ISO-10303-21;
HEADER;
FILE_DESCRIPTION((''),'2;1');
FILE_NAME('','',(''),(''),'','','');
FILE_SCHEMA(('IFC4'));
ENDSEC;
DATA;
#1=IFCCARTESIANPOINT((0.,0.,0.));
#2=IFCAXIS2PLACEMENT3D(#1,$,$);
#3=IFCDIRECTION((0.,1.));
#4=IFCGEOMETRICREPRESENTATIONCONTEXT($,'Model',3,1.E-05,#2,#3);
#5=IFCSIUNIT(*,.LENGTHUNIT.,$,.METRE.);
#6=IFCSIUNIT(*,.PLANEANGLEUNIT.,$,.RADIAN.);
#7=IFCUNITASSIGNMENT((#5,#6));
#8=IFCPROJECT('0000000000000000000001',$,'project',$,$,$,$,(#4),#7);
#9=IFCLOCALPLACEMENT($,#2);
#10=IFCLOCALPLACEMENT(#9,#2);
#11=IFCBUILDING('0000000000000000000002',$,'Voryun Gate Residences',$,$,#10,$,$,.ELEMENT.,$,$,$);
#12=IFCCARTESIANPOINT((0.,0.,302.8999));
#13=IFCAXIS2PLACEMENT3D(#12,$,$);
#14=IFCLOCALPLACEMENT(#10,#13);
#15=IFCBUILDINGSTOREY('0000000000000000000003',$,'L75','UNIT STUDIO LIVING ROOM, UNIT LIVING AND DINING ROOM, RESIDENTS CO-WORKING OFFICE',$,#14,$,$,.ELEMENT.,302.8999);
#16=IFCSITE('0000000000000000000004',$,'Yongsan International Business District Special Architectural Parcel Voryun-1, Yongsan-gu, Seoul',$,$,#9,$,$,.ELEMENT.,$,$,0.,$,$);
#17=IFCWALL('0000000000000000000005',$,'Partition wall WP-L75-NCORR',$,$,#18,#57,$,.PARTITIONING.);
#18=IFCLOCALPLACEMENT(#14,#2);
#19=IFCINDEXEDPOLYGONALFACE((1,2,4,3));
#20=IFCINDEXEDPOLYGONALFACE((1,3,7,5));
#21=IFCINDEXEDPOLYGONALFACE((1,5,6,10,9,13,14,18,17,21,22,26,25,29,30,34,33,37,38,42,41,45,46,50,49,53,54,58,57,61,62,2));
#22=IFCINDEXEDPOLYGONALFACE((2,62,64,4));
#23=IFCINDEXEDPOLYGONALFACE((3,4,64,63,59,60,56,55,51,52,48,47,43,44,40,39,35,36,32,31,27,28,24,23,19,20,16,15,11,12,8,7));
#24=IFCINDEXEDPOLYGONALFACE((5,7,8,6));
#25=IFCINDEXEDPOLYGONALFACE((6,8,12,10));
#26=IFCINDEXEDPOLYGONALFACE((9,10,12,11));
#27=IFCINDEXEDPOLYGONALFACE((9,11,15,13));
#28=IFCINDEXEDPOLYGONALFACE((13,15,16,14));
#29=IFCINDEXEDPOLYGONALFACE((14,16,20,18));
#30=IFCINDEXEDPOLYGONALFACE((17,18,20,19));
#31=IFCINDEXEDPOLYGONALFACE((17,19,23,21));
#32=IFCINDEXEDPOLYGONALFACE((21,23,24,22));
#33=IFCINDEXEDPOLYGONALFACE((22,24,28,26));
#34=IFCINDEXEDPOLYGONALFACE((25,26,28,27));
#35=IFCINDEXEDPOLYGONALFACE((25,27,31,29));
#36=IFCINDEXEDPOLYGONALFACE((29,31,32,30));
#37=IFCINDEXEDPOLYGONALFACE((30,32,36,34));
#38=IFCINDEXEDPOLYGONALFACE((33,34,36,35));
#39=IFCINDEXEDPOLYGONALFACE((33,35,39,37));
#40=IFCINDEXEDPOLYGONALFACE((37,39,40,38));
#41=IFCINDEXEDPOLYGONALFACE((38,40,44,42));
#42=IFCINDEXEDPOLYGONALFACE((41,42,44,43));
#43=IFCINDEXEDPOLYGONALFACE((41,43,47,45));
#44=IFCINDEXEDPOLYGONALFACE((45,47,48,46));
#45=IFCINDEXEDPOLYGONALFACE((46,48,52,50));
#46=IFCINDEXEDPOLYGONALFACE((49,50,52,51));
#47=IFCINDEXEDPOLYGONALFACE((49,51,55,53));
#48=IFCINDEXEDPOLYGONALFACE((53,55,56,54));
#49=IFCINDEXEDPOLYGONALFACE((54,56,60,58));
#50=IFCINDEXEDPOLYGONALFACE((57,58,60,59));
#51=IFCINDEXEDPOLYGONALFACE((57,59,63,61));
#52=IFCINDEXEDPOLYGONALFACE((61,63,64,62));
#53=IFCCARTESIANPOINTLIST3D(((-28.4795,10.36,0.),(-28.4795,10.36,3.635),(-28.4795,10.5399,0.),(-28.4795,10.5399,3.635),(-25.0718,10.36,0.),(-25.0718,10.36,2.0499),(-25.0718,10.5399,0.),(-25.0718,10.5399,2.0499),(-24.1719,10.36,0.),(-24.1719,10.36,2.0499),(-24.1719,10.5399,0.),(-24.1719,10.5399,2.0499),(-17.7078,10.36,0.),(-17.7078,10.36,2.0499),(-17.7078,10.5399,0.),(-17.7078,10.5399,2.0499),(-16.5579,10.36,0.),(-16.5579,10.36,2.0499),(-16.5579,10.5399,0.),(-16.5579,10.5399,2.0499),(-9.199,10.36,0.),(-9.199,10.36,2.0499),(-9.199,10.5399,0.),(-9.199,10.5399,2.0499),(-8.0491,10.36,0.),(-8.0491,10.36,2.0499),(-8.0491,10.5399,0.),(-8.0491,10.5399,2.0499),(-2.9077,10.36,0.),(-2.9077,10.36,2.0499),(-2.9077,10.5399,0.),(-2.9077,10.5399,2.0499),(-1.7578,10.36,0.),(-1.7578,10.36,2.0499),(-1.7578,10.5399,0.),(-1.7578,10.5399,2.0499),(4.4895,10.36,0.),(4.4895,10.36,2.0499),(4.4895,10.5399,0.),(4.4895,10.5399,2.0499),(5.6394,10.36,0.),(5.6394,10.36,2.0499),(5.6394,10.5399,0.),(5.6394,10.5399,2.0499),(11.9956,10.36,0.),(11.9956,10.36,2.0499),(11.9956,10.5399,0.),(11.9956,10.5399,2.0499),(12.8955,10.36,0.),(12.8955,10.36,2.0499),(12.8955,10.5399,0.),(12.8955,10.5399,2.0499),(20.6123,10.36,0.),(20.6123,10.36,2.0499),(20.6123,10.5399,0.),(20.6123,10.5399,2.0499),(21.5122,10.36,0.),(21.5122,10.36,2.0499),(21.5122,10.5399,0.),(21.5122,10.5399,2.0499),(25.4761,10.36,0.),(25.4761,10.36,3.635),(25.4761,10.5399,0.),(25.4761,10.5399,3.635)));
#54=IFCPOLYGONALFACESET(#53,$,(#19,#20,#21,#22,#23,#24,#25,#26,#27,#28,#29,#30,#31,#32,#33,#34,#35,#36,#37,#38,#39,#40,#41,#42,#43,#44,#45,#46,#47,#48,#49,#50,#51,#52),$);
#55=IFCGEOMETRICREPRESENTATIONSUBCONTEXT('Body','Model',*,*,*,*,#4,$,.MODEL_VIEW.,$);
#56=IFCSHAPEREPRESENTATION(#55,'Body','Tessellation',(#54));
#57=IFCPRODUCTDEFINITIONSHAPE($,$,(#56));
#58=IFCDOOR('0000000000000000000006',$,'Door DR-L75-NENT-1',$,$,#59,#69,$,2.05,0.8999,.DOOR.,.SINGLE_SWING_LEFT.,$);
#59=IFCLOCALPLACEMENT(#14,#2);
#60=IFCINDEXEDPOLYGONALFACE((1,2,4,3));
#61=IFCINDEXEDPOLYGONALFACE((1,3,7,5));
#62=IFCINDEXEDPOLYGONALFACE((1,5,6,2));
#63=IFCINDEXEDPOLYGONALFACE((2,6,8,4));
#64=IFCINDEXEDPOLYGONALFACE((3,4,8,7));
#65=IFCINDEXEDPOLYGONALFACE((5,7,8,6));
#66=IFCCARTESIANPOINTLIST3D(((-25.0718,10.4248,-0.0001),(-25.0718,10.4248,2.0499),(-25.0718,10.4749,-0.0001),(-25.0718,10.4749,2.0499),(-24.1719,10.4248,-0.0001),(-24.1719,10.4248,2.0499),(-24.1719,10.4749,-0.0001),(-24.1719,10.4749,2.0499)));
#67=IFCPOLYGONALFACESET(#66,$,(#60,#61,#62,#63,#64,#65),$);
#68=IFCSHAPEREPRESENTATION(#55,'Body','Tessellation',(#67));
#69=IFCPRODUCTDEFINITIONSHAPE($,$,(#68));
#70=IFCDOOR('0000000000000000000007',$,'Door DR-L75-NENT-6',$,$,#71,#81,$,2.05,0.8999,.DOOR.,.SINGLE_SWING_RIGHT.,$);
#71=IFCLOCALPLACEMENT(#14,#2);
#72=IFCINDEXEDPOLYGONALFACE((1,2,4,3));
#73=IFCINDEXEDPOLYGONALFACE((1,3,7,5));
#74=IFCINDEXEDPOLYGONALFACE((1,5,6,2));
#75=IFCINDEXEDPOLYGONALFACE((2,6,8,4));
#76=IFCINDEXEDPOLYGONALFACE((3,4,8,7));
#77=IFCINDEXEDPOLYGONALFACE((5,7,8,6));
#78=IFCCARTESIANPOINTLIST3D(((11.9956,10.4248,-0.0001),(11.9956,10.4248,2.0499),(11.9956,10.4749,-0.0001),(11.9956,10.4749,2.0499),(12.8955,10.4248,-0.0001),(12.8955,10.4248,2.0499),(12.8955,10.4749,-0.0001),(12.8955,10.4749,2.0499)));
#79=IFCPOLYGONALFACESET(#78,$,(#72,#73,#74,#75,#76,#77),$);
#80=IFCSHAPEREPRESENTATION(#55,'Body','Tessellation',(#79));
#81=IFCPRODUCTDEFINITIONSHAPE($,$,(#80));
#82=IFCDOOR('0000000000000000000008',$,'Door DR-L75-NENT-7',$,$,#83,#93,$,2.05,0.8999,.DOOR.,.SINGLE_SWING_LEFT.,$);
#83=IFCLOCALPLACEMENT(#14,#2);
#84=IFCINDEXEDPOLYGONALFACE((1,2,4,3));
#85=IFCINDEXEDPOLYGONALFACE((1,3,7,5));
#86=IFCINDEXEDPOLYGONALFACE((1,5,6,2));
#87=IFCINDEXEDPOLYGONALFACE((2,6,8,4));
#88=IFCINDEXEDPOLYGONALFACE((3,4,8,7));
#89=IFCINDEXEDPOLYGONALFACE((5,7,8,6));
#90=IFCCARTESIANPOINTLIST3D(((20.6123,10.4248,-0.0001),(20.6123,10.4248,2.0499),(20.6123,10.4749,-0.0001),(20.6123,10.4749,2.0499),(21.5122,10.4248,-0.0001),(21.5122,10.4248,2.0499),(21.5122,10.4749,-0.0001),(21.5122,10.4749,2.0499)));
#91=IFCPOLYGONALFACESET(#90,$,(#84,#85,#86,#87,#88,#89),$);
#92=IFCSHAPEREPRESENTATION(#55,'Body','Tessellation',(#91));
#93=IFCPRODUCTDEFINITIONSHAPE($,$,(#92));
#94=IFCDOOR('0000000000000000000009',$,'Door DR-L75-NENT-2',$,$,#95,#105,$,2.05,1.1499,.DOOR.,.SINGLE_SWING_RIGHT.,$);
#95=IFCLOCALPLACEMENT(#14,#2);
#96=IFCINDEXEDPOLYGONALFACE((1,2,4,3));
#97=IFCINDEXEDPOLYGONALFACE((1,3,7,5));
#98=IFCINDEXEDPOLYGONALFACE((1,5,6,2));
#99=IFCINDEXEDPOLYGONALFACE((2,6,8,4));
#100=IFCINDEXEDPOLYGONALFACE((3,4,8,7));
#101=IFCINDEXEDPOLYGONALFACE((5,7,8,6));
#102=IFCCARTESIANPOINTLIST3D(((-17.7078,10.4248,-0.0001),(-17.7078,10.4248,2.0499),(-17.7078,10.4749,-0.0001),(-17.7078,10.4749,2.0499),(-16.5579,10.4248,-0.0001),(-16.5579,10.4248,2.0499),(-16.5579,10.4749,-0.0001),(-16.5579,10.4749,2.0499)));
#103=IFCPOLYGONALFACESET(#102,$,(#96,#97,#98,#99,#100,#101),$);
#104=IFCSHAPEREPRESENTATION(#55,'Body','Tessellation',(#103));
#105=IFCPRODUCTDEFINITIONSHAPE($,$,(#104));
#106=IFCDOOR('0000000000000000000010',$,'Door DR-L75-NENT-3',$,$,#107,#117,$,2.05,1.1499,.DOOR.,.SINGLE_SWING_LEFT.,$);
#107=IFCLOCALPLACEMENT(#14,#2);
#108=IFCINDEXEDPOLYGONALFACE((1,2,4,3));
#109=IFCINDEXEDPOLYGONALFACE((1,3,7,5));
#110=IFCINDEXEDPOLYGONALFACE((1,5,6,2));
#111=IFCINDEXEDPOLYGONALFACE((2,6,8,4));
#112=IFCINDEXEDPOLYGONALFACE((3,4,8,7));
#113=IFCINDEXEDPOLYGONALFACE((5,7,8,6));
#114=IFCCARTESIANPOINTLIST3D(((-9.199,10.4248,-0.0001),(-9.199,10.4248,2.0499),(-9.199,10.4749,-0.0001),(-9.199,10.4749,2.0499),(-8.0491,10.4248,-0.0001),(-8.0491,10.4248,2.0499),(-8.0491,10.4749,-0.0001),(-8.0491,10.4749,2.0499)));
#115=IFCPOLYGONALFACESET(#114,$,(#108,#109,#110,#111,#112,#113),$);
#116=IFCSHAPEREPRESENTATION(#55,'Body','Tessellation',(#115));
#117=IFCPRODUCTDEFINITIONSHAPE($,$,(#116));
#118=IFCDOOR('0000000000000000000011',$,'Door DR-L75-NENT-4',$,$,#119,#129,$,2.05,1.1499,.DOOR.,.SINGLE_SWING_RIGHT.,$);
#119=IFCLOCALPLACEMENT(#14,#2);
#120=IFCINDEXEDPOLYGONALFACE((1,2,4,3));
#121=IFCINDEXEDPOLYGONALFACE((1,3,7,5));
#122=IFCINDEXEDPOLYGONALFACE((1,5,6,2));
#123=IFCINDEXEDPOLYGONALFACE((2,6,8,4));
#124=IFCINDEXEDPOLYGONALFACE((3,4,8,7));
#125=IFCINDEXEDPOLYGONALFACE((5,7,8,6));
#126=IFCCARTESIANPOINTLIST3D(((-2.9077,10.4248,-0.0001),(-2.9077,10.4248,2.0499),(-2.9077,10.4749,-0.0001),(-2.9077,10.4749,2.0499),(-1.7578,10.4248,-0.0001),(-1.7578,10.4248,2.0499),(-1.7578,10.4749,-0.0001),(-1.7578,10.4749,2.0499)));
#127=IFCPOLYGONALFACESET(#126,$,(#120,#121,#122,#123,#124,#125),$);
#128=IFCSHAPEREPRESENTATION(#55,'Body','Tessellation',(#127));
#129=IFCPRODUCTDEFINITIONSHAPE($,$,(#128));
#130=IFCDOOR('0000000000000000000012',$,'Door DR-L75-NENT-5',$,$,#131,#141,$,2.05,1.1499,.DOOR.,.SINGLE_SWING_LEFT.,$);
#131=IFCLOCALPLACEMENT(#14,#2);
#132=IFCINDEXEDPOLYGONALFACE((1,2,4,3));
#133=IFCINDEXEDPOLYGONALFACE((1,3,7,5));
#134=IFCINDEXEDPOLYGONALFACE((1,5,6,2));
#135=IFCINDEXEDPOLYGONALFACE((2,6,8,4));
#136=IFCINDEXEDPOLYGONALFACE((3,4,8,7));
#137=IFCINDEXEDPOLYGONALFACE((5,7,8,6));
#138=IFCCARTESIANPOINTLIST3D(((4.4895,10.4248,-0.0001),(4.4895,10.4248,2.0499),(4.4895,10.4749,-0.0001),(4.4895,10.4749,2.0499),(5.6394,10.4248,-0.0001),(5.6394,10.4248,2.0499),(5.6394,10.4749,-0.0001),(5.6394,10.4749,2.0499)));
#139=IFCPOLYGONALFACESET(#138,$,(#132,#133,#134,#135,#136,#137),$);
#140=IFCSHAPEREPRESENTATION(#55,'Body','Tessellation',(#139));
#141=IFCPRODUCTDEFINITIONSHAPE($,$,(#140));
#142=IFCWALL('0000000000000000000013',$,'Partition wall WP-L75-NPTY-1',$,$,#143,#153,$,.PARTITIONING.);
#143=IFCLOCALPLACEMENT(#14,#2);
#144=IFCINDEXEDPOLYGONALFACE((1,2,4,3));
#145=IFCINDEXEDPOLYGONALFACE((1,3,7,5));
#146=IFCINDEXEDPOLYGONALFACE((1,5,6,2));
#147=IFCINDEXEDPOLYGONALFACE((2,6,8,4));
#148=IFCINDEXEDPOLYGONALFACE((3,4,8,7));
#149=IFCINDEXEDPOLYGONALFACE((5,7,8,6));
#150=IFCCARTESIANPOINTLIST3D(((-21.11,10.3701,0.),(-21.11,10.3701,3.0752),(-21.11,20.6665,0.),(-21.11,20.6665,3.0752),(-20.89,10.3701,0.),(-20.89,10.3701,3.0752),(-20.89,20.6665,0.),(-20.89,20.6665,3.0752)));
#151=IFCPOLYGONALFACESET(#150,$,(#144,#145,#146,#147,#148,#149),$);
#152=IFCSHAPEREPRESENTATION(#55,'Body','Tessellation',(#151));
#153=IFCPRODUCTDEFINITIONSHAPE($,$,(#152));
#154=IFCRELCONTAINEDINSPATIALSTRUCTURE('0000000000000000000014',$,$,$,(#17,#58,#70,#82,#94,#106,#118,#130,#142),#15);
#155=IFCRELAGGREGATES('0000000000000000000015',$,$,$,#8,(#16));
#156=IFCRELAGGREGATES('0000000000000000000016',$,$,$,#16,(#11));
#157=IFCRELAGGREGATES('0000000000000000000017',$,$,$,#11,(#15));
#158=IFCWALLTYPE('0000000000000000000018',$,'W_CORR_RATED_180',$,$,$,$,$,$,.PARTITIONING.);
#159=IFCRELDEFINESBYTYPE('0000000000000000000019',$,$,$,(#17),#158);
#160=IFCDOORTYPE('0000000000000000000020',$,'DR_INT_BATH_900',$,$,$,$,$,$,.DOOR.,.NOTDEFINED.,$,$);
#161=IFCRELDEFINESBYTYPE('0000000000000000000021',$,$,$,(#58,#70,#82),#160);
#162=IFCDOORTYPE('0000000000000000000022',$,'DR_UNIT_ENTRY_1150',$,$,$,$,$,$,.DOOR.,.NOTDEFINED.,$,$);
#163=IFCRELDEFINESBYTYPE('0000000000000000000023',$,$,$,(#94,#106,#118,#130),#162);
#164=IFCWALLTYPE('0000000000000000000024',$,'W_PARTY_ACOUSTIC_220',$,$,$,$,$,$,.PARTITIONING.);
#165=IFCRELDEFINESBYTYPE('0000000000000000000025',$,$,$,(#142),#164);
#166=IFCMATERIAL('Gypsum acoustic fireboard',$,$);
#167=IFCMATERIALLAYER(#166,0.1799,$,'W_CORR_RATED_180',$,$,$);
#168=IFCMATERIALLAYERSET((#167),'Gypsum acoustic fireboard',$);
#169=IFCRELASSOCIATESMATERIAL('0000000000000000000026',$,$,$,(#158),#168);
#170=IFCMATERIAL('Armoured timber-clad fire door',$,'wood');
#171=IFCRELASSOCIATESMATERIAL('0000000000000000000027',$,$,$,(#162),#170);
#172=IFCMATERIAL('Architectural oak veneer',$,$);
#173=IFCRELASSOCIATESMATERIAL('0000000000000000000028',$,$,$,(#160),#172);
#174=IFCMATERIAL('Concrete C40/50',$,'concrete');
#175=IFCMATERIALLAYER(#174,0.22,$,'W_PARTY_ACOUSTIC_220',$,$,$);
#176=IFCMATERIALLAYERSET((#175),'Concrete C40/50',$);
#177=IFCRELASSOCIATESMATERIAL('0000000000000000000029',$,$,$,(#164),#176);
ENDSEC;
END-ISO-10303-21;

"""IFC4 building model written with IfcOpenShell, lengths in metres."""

from ifc_helpers import new_model, si_unit, direction, frame, frame_2d, origin, place, context, subcontext, project, spatial, rectangle, extrude, material, layer, layer_set, type_object, element, fill, save


model = new_model("IFC4")

# Units and contexts
model_context = context("Model", 3, precision=1e-05, world=origin(), true_north=direction((0.0, 1.0)))
body_context = subcontext(model_context, "Body", "Model", "MODEL_VIEW")
ifc_project = project(units=[si_unit("LENGTHUNIT", "METRE"), si_unit("PLANEANGLEUNIT", "RADIAN")], contexts=[model_context])

# Site, building, storey
site_placement = place(None, origin())
site = spatial("IfcSite", under=ifc_project, at=site_placement, Name="Yongsan International Business District Special Architectural Parcel Voryun-1, Yongsan-gu, Seoul", CompositionType="ELEMENT", RefElevation=0.0)
building_placement = place(site_placement, origin())
building = spatial("IfcBuilding", under=site, at=building_placement, Name="Voryun Gate Residences", CompositionType="ELEMENT")
storey_placement = place(building_placement, frame((0.0, 0.0, 302.8999)))
storey = spatial("IfcBuildingStorey", under=building, at=storey_placement, Name="L75", Description="UNIT STUDIO LIVING ROOM, UNIT LIVING AND DINING ROOM, RESIDENTS CO-WORKING OFFICE", CompositionType="ELEMENT", Elevation=302.8999)

# Shared definitions
ifc_material_1 = material(Name="Gypsum acoustic fireboard")
ifc_layer_1 = layer(ifc_material_1, 0.1799, Name="W_CORR_RATED_180")
ifc_layer_set_1 = layer_set([ifc_layer_1], Name="Gypsum acoustic fireboard")
wall_type_1 = type_object("IfcWallType", Name="W_CORR_RATED_180", PredefinedType="PARTITIONING", material=ifc_layer_set_1)
ifc_material_2 = material(Name="Armoured timber-clad fire door", Category="wood")
door_type_1 = type_object("IfcDoorType", Name="DR_UNIT_ENTRY_1150", OperationType="NOTDEFINED", PredefinedType="DOOR", material=ifc_material_2)

# Wall, openings, doors
wall_1_placement = place(storey_placement, frame((-28.4795, 10.45, 0.0), z_axis=(0.0, 0.0, 1.0), x_axis=(1.0, 0.0, 0.0)))
wall_1 = element("IfcWall", 1, at=wall_1_placement, inside=storey, type_object=wall_type_1, Name="Partition wall WP-L75-NCORR", PredefinedType="PARTITIONING", context=body_context, shape_type="SweptSolid", body=[
    extrude(rectangle(XDim=53.9556, YDim=0.1799, at=frame_2d((26.9778, 0.0))), origin(), (0.0, 0.0, 1.0), 3.635),
])
opening_1_placement = place(wall_1_placement, frame((3.4077, 0.0, 0.0)))
opening_1 = element("IfcOpeningElement", 2, at=opening_1_placement, cuts=wall_1, PredefinedType="OPENING", context=body_context, shape_type="SweptSolid", body=[
    extrude(rectangle(XDim=0.8999, YDim=2.05, at=frame_2d((0.45, 1.0249))), frame((0.0, 0.0999, 0.0), z_axis=(0.0, -1.0, 0.0), x_axis=(1.0, 0.0, 0.0)), (0.0, 0.0, 1.0), 0.2),
])
opening_2_placement = place(wall_1_placement, frame((10.7717, 0.0, 0.0)))
opening_2 = element("IfcOpeningElement", 3, at=opening_2_placement, cuts=wall_1, PredefinedType="OPENING", context=body_context, shape_type="SweptSolid", body=[
    extrude(rectangle(XDim=1.1499, YDim=2.05, at=frame_2d((0.575, 1.0249))), frame((0.0, 0.0999, 0.0), z_axis=(0.0, -1.0, 0.0), x_axis=(1.0, 0.0, 0.0)), (0.0, 0.0, 1.0), 0.2),
])
opening_3_placement = place(wall_1_placement, frame((19.2805, 0.0, 0.0)))
opening_3 = element("IfcOpeningElement", 4, at=opening_3_placement, cuts=wall_1, PredefinedType="OPENING", context=body_context, shape_type="SweptSolid", body=[
    extrude(rectangle(XDim=1.1499, YDim=2.05, at=frame_2d((0.575, 1.0249))), frame((0.0, 0.0999, 0.0), z_axis=(0.0, -1.0, 0.0), x_axis=(1.0, 0.0, 0.0)), (0.0, 0.0, 1.0), 0.2),
])
opening_4_placement = place(wall_1_placement, frame((25.5718, 0.0, 0.0)))
opening_4 = element("IfcOpeningElement", 5, at=opening_4_placement, cuts=wall_1, PredefinedType="OPENING", context=body_context, shape_type="SweptSolid", body=[
    extrude(rectangle(XDim=1.1499, YDim=2.05, at=frame_2d((0.575, 1.0249))), frame((0.0, 0.0999, 0.0), z_axis=(0.0, -1.0, 0.0), x_axis=(1.0, 0.0, 0.0)), (0.0, 0.0, 1.0), 0.2),
])
opening_5_placement = place(wall_1_placement, frame((32.969, 0.0, 0.0)))
opening_5 = element("IfcOpeningElement", 6, at=opening_5_placement, cuts=wall_1, PredefinedType="OPENING", context=body_context, shape_type="SweptSolid", body=[
    extrude(rectangle(XDim=1.1499, YDim=2.05, at=frame_2d((0.575, 1.0249))), frame((0.0, 0.0999, 0.0), z_axis=(0.0, -1.0, 0.0), x_axis=(1.0, 0.0, 0.0)), (0.0, 0.0, 1.0), 0.2),
])
opening_6_placement = place(wall_1_placement, frame((40.4751, 0.0, 0.0)))
opening_6 = element("IfcOpeningElement", 7, at=opening_6_placement, cuts=wall_1, PredefinedType="OPENING", context=body_context, shape_type="SweptSolid", body=[
    extrude(rectangle(XDim=0.8999, YDim=2.05, at=frame_2d((0.45, 1.0249))), frame((0.0, 0.0999, 0.0), z_axis=(0.0, -1.0, 0.0), x_axis=(1.0, 0.0, 0.0)), (0.0, 0.0, 1.0), 0.2),
])
opening_7_placement = place(wall_1_placement, frame((49.0918, 0.0, 0.0)))
opening_7 = element("IfcOpeningElement", 8, at=opening_7_placement, cuts=wall_1, PredefinedType="OPENING", context=body_context, shape_type="SweptSolid", body=[
    extrude(rectangle(XDim=0.8999, YDim=2.05, at=frame_2d((0.45, 1.0249))), frame((0.0, 0.0999, 0.0), z_axis=(0.0, -1.0, 0.0), x_axis=(1.0, 0.0, 0.0)), (0.0, 0.0, 1.0), 0.2),
])
ifc_material_3 = material(Name="Architectural oak veneer")
door_type_2 = type_object("IfcDoorType", Name="DR_INT_BATH_900", OperationType="NOTDEFINED", PredefinedType="DOOR", material=ifc_material_3)
door_1_placement = place(opening_1_placement, origin())
door_1 = element("IfcDoor", 9, at=door_1_placement, inside=storey, type_object=door_type_2, Name="Door DR-L75-NENT-1", OperationType="SINGLE_SWING_LEFT", OverallHeight=2.05, OverallWidth=0.8999, PredefinedType="DOOR", context=body_context, shape_type="SweptSolid", body=[
    extrude(rectangle(XDim=0.8999, YDim=2.05, at=frame_2d((0.45, 1.0249))), frame((0.0, 0.0249, 0.0), z_axis=(0.0, -1.0, 0.0), x_axis=(1.0, 0.0, 0.0)), (0.0, 0.0, 1.0), 0.05),
])
fill(opening_1, door_1)
door_2_placement = place(opening_6_placement, origin())
door_2 = element("IfcDoor", 10, at=door_2_placement, inside=storey, type_object=door_type_2, Name="Door DR-L75-NENT-6", OperationType="SINGLE_SWING_RIGHT", OverallHeight=2.05, OverallWidth=0.8999, PredefinedType="DOOR", context=body_context, shape_type="SweptSolid", body=[
    extrude(rectangle(XDim=0.8999, YDim=2.05, at=frame_2d((0.45, 1.0249))), frame((0.0, 0.0249, 0.0), z_axis=(0.0, -1.0, 0.0), x_axis=(1.0, 0.0, 0.0)), (0.0, 0.0, 1.0), 0.05),
])
fill(opening_6, door_2)
door_3_placement = place(opening_7_placement, origin())
door_3 = element("IfcDoor", 11, at=door_3_placement, inside=storey, type_object=door_type_2, Name="Door DR-L75-NENT-7", OperationType="SINGLE_SWING_LEFT", OverallHeight=2.05, OverallWidth=0.8999, PredefinedType="DOOR", context=body_context, shape_type="SweptSolid", body=[
    extrude(rectangle(XDim=0.8999, YDim=2.05, at=frame_2d((0.45, 1.0249))), frame((0.0, 0.0249, 0.0), z_axis=(0.0, -1.0, 0.0), x_axis=(1.0, 0.0, 0.0)), (0.0, 0.0, 1.0), 0.05),
])
fill(opening_7, door_3)
door_4_placement = place(opening_2_placement, origin())
door_4 = element("IfcDoor", 12, at=door_4_placement, inside=storey, type_object=door_type_1, Name="Door DR-L75-NENT-2", OperationType="SINGLE_SWING_RIGHT", OverallHeight=2.05, OverallWidth=1.1499, PredefinedType="DOOR", context=body_context, shape_type="SweptSolid", body=[
    extrude(rectangle(XDim=1.1499, YDim=2.05, at=frame_2d((0.575, 1.0249))), frame((0.0, 0.0249, 0.0), z_axis=(0.0, -1.0, 0.0), x_axis=(1.0, 0.0, 0.0)), (0.0, 0.0, 1.0), 0.05),
])
fill(opening_2, door_4)
door_5_placement = place(opening_3_placement, origin())
door_5 = element("IfcDoor", 13, at=door_5_placement, inside=storey, type_object=door_type_1, Name="Door DR-L75-NENT-3", OperationType="SINGLE_SWING_LEFT", OverallHeight=2.05, OverallWidth=1.1499, PredefinedType="DOOR", context=body_context, shape_type="SweptSolid", body=[
    extrude(rectangle(XDim=1.1499, YDim=2.05, at=frame_2d((0.575, 1.0249))), frame((0.0, 0.0249, 0.0), z_axis=(0.0, -1.0, 0.0), x_axis=(1.0, 0.0, 0.0)), (0.0, 0.0, 1.0), 0.05),
])
fill(opening_3, door_5)
door_6_placement = place(opening_4_placement, origin())
door_6 = element("IfcDoor", 14, at=door_6_placement, inside=storey, type_object=door_type_1, Name="Door DR-L75-NENT-4", OperationType="SINGLE_SWING_RIGHT", OverallHeight=2.05, OverallWidth=1.1499, PredefinedType="DOOR", context=body_context, shape_type="SweptSolid", body=[
    extrude(rectangle(XDim=1.1499, YDim=2.05, at=frame_2d((0.575, 1.0249))), frame((0.0, 0.0249, 0.0), z_axis=(0.0, -1.0, 0.0), x_axis=(1.0, 0.0, 0.0)), (0.0, 0.0, 1.0), 0.05),
])
fill(opening_4, door_6)
door_7_placement = place(opening_5_placement, origin())
door_7 = element("IfcDoor", 15, at=door_7_placement, inside=storey, type_object=door_type_1, Name="Door DR-L75-NENT-5", OperationType="SINGLE_SWING_LEFT", OverallHeight=2.05, OverallWidth=1.1499, PredefinedType="DOOR", context=body_context, shape_type="SweptSolid", body=[
    extrude(rectangle(XDim=1.1499, YDim=2.05, at=frame_2d((0.575, 1.0249))), frame((0.0, 0.0249, 0.0), z_axis=(0.0, -1.0, 0.0), x_axis=(1.0, 0.0, 0.0)), (0.0, 0.0, 1.0), 0.05),
])
fill(opening_5, door_7)

# Wall
ifc_material_4 = material(Name="Concrete C40/50", Category="concrete")
ifc_layer_2 = layer(ifc_material_4, 0.22, Name="W_PARTY_ACOUSTIC_220")
ifc_layer_set_2 = layer_set([ifc_layer_2], Name="Concrete C40/50")
wall_type_2 = type_object("IfcWallType", Name="W_PARTY_ACOUSTIC_220", PredefinedType="PARTITIONING", material=ifc_layer_set_2)
wall_2_placement = place(storey_placement, frame((-21.0, 10.3701, 0.0), z_axis=(0.0, 0.0, 1.0), x_axis=(0.0, 1.0, 0.0)))
element("IfcWall", 16, at=wall_2_placement, inside=storey, type_object=wall_type_2, Name="Partition wall WP-L75-NPTY-1", PredefinedType="PARTITIONING", context=body_context, shape_type="SweptSolid", body=[
    extrude(rectangle(XDim=10.2964, YDim=0.22, at=frame_2d((5.1482, 0.0))), origin(), (0.0, 0.0, 1.0), 3.0752),
])

save(model, "model.ifc")
